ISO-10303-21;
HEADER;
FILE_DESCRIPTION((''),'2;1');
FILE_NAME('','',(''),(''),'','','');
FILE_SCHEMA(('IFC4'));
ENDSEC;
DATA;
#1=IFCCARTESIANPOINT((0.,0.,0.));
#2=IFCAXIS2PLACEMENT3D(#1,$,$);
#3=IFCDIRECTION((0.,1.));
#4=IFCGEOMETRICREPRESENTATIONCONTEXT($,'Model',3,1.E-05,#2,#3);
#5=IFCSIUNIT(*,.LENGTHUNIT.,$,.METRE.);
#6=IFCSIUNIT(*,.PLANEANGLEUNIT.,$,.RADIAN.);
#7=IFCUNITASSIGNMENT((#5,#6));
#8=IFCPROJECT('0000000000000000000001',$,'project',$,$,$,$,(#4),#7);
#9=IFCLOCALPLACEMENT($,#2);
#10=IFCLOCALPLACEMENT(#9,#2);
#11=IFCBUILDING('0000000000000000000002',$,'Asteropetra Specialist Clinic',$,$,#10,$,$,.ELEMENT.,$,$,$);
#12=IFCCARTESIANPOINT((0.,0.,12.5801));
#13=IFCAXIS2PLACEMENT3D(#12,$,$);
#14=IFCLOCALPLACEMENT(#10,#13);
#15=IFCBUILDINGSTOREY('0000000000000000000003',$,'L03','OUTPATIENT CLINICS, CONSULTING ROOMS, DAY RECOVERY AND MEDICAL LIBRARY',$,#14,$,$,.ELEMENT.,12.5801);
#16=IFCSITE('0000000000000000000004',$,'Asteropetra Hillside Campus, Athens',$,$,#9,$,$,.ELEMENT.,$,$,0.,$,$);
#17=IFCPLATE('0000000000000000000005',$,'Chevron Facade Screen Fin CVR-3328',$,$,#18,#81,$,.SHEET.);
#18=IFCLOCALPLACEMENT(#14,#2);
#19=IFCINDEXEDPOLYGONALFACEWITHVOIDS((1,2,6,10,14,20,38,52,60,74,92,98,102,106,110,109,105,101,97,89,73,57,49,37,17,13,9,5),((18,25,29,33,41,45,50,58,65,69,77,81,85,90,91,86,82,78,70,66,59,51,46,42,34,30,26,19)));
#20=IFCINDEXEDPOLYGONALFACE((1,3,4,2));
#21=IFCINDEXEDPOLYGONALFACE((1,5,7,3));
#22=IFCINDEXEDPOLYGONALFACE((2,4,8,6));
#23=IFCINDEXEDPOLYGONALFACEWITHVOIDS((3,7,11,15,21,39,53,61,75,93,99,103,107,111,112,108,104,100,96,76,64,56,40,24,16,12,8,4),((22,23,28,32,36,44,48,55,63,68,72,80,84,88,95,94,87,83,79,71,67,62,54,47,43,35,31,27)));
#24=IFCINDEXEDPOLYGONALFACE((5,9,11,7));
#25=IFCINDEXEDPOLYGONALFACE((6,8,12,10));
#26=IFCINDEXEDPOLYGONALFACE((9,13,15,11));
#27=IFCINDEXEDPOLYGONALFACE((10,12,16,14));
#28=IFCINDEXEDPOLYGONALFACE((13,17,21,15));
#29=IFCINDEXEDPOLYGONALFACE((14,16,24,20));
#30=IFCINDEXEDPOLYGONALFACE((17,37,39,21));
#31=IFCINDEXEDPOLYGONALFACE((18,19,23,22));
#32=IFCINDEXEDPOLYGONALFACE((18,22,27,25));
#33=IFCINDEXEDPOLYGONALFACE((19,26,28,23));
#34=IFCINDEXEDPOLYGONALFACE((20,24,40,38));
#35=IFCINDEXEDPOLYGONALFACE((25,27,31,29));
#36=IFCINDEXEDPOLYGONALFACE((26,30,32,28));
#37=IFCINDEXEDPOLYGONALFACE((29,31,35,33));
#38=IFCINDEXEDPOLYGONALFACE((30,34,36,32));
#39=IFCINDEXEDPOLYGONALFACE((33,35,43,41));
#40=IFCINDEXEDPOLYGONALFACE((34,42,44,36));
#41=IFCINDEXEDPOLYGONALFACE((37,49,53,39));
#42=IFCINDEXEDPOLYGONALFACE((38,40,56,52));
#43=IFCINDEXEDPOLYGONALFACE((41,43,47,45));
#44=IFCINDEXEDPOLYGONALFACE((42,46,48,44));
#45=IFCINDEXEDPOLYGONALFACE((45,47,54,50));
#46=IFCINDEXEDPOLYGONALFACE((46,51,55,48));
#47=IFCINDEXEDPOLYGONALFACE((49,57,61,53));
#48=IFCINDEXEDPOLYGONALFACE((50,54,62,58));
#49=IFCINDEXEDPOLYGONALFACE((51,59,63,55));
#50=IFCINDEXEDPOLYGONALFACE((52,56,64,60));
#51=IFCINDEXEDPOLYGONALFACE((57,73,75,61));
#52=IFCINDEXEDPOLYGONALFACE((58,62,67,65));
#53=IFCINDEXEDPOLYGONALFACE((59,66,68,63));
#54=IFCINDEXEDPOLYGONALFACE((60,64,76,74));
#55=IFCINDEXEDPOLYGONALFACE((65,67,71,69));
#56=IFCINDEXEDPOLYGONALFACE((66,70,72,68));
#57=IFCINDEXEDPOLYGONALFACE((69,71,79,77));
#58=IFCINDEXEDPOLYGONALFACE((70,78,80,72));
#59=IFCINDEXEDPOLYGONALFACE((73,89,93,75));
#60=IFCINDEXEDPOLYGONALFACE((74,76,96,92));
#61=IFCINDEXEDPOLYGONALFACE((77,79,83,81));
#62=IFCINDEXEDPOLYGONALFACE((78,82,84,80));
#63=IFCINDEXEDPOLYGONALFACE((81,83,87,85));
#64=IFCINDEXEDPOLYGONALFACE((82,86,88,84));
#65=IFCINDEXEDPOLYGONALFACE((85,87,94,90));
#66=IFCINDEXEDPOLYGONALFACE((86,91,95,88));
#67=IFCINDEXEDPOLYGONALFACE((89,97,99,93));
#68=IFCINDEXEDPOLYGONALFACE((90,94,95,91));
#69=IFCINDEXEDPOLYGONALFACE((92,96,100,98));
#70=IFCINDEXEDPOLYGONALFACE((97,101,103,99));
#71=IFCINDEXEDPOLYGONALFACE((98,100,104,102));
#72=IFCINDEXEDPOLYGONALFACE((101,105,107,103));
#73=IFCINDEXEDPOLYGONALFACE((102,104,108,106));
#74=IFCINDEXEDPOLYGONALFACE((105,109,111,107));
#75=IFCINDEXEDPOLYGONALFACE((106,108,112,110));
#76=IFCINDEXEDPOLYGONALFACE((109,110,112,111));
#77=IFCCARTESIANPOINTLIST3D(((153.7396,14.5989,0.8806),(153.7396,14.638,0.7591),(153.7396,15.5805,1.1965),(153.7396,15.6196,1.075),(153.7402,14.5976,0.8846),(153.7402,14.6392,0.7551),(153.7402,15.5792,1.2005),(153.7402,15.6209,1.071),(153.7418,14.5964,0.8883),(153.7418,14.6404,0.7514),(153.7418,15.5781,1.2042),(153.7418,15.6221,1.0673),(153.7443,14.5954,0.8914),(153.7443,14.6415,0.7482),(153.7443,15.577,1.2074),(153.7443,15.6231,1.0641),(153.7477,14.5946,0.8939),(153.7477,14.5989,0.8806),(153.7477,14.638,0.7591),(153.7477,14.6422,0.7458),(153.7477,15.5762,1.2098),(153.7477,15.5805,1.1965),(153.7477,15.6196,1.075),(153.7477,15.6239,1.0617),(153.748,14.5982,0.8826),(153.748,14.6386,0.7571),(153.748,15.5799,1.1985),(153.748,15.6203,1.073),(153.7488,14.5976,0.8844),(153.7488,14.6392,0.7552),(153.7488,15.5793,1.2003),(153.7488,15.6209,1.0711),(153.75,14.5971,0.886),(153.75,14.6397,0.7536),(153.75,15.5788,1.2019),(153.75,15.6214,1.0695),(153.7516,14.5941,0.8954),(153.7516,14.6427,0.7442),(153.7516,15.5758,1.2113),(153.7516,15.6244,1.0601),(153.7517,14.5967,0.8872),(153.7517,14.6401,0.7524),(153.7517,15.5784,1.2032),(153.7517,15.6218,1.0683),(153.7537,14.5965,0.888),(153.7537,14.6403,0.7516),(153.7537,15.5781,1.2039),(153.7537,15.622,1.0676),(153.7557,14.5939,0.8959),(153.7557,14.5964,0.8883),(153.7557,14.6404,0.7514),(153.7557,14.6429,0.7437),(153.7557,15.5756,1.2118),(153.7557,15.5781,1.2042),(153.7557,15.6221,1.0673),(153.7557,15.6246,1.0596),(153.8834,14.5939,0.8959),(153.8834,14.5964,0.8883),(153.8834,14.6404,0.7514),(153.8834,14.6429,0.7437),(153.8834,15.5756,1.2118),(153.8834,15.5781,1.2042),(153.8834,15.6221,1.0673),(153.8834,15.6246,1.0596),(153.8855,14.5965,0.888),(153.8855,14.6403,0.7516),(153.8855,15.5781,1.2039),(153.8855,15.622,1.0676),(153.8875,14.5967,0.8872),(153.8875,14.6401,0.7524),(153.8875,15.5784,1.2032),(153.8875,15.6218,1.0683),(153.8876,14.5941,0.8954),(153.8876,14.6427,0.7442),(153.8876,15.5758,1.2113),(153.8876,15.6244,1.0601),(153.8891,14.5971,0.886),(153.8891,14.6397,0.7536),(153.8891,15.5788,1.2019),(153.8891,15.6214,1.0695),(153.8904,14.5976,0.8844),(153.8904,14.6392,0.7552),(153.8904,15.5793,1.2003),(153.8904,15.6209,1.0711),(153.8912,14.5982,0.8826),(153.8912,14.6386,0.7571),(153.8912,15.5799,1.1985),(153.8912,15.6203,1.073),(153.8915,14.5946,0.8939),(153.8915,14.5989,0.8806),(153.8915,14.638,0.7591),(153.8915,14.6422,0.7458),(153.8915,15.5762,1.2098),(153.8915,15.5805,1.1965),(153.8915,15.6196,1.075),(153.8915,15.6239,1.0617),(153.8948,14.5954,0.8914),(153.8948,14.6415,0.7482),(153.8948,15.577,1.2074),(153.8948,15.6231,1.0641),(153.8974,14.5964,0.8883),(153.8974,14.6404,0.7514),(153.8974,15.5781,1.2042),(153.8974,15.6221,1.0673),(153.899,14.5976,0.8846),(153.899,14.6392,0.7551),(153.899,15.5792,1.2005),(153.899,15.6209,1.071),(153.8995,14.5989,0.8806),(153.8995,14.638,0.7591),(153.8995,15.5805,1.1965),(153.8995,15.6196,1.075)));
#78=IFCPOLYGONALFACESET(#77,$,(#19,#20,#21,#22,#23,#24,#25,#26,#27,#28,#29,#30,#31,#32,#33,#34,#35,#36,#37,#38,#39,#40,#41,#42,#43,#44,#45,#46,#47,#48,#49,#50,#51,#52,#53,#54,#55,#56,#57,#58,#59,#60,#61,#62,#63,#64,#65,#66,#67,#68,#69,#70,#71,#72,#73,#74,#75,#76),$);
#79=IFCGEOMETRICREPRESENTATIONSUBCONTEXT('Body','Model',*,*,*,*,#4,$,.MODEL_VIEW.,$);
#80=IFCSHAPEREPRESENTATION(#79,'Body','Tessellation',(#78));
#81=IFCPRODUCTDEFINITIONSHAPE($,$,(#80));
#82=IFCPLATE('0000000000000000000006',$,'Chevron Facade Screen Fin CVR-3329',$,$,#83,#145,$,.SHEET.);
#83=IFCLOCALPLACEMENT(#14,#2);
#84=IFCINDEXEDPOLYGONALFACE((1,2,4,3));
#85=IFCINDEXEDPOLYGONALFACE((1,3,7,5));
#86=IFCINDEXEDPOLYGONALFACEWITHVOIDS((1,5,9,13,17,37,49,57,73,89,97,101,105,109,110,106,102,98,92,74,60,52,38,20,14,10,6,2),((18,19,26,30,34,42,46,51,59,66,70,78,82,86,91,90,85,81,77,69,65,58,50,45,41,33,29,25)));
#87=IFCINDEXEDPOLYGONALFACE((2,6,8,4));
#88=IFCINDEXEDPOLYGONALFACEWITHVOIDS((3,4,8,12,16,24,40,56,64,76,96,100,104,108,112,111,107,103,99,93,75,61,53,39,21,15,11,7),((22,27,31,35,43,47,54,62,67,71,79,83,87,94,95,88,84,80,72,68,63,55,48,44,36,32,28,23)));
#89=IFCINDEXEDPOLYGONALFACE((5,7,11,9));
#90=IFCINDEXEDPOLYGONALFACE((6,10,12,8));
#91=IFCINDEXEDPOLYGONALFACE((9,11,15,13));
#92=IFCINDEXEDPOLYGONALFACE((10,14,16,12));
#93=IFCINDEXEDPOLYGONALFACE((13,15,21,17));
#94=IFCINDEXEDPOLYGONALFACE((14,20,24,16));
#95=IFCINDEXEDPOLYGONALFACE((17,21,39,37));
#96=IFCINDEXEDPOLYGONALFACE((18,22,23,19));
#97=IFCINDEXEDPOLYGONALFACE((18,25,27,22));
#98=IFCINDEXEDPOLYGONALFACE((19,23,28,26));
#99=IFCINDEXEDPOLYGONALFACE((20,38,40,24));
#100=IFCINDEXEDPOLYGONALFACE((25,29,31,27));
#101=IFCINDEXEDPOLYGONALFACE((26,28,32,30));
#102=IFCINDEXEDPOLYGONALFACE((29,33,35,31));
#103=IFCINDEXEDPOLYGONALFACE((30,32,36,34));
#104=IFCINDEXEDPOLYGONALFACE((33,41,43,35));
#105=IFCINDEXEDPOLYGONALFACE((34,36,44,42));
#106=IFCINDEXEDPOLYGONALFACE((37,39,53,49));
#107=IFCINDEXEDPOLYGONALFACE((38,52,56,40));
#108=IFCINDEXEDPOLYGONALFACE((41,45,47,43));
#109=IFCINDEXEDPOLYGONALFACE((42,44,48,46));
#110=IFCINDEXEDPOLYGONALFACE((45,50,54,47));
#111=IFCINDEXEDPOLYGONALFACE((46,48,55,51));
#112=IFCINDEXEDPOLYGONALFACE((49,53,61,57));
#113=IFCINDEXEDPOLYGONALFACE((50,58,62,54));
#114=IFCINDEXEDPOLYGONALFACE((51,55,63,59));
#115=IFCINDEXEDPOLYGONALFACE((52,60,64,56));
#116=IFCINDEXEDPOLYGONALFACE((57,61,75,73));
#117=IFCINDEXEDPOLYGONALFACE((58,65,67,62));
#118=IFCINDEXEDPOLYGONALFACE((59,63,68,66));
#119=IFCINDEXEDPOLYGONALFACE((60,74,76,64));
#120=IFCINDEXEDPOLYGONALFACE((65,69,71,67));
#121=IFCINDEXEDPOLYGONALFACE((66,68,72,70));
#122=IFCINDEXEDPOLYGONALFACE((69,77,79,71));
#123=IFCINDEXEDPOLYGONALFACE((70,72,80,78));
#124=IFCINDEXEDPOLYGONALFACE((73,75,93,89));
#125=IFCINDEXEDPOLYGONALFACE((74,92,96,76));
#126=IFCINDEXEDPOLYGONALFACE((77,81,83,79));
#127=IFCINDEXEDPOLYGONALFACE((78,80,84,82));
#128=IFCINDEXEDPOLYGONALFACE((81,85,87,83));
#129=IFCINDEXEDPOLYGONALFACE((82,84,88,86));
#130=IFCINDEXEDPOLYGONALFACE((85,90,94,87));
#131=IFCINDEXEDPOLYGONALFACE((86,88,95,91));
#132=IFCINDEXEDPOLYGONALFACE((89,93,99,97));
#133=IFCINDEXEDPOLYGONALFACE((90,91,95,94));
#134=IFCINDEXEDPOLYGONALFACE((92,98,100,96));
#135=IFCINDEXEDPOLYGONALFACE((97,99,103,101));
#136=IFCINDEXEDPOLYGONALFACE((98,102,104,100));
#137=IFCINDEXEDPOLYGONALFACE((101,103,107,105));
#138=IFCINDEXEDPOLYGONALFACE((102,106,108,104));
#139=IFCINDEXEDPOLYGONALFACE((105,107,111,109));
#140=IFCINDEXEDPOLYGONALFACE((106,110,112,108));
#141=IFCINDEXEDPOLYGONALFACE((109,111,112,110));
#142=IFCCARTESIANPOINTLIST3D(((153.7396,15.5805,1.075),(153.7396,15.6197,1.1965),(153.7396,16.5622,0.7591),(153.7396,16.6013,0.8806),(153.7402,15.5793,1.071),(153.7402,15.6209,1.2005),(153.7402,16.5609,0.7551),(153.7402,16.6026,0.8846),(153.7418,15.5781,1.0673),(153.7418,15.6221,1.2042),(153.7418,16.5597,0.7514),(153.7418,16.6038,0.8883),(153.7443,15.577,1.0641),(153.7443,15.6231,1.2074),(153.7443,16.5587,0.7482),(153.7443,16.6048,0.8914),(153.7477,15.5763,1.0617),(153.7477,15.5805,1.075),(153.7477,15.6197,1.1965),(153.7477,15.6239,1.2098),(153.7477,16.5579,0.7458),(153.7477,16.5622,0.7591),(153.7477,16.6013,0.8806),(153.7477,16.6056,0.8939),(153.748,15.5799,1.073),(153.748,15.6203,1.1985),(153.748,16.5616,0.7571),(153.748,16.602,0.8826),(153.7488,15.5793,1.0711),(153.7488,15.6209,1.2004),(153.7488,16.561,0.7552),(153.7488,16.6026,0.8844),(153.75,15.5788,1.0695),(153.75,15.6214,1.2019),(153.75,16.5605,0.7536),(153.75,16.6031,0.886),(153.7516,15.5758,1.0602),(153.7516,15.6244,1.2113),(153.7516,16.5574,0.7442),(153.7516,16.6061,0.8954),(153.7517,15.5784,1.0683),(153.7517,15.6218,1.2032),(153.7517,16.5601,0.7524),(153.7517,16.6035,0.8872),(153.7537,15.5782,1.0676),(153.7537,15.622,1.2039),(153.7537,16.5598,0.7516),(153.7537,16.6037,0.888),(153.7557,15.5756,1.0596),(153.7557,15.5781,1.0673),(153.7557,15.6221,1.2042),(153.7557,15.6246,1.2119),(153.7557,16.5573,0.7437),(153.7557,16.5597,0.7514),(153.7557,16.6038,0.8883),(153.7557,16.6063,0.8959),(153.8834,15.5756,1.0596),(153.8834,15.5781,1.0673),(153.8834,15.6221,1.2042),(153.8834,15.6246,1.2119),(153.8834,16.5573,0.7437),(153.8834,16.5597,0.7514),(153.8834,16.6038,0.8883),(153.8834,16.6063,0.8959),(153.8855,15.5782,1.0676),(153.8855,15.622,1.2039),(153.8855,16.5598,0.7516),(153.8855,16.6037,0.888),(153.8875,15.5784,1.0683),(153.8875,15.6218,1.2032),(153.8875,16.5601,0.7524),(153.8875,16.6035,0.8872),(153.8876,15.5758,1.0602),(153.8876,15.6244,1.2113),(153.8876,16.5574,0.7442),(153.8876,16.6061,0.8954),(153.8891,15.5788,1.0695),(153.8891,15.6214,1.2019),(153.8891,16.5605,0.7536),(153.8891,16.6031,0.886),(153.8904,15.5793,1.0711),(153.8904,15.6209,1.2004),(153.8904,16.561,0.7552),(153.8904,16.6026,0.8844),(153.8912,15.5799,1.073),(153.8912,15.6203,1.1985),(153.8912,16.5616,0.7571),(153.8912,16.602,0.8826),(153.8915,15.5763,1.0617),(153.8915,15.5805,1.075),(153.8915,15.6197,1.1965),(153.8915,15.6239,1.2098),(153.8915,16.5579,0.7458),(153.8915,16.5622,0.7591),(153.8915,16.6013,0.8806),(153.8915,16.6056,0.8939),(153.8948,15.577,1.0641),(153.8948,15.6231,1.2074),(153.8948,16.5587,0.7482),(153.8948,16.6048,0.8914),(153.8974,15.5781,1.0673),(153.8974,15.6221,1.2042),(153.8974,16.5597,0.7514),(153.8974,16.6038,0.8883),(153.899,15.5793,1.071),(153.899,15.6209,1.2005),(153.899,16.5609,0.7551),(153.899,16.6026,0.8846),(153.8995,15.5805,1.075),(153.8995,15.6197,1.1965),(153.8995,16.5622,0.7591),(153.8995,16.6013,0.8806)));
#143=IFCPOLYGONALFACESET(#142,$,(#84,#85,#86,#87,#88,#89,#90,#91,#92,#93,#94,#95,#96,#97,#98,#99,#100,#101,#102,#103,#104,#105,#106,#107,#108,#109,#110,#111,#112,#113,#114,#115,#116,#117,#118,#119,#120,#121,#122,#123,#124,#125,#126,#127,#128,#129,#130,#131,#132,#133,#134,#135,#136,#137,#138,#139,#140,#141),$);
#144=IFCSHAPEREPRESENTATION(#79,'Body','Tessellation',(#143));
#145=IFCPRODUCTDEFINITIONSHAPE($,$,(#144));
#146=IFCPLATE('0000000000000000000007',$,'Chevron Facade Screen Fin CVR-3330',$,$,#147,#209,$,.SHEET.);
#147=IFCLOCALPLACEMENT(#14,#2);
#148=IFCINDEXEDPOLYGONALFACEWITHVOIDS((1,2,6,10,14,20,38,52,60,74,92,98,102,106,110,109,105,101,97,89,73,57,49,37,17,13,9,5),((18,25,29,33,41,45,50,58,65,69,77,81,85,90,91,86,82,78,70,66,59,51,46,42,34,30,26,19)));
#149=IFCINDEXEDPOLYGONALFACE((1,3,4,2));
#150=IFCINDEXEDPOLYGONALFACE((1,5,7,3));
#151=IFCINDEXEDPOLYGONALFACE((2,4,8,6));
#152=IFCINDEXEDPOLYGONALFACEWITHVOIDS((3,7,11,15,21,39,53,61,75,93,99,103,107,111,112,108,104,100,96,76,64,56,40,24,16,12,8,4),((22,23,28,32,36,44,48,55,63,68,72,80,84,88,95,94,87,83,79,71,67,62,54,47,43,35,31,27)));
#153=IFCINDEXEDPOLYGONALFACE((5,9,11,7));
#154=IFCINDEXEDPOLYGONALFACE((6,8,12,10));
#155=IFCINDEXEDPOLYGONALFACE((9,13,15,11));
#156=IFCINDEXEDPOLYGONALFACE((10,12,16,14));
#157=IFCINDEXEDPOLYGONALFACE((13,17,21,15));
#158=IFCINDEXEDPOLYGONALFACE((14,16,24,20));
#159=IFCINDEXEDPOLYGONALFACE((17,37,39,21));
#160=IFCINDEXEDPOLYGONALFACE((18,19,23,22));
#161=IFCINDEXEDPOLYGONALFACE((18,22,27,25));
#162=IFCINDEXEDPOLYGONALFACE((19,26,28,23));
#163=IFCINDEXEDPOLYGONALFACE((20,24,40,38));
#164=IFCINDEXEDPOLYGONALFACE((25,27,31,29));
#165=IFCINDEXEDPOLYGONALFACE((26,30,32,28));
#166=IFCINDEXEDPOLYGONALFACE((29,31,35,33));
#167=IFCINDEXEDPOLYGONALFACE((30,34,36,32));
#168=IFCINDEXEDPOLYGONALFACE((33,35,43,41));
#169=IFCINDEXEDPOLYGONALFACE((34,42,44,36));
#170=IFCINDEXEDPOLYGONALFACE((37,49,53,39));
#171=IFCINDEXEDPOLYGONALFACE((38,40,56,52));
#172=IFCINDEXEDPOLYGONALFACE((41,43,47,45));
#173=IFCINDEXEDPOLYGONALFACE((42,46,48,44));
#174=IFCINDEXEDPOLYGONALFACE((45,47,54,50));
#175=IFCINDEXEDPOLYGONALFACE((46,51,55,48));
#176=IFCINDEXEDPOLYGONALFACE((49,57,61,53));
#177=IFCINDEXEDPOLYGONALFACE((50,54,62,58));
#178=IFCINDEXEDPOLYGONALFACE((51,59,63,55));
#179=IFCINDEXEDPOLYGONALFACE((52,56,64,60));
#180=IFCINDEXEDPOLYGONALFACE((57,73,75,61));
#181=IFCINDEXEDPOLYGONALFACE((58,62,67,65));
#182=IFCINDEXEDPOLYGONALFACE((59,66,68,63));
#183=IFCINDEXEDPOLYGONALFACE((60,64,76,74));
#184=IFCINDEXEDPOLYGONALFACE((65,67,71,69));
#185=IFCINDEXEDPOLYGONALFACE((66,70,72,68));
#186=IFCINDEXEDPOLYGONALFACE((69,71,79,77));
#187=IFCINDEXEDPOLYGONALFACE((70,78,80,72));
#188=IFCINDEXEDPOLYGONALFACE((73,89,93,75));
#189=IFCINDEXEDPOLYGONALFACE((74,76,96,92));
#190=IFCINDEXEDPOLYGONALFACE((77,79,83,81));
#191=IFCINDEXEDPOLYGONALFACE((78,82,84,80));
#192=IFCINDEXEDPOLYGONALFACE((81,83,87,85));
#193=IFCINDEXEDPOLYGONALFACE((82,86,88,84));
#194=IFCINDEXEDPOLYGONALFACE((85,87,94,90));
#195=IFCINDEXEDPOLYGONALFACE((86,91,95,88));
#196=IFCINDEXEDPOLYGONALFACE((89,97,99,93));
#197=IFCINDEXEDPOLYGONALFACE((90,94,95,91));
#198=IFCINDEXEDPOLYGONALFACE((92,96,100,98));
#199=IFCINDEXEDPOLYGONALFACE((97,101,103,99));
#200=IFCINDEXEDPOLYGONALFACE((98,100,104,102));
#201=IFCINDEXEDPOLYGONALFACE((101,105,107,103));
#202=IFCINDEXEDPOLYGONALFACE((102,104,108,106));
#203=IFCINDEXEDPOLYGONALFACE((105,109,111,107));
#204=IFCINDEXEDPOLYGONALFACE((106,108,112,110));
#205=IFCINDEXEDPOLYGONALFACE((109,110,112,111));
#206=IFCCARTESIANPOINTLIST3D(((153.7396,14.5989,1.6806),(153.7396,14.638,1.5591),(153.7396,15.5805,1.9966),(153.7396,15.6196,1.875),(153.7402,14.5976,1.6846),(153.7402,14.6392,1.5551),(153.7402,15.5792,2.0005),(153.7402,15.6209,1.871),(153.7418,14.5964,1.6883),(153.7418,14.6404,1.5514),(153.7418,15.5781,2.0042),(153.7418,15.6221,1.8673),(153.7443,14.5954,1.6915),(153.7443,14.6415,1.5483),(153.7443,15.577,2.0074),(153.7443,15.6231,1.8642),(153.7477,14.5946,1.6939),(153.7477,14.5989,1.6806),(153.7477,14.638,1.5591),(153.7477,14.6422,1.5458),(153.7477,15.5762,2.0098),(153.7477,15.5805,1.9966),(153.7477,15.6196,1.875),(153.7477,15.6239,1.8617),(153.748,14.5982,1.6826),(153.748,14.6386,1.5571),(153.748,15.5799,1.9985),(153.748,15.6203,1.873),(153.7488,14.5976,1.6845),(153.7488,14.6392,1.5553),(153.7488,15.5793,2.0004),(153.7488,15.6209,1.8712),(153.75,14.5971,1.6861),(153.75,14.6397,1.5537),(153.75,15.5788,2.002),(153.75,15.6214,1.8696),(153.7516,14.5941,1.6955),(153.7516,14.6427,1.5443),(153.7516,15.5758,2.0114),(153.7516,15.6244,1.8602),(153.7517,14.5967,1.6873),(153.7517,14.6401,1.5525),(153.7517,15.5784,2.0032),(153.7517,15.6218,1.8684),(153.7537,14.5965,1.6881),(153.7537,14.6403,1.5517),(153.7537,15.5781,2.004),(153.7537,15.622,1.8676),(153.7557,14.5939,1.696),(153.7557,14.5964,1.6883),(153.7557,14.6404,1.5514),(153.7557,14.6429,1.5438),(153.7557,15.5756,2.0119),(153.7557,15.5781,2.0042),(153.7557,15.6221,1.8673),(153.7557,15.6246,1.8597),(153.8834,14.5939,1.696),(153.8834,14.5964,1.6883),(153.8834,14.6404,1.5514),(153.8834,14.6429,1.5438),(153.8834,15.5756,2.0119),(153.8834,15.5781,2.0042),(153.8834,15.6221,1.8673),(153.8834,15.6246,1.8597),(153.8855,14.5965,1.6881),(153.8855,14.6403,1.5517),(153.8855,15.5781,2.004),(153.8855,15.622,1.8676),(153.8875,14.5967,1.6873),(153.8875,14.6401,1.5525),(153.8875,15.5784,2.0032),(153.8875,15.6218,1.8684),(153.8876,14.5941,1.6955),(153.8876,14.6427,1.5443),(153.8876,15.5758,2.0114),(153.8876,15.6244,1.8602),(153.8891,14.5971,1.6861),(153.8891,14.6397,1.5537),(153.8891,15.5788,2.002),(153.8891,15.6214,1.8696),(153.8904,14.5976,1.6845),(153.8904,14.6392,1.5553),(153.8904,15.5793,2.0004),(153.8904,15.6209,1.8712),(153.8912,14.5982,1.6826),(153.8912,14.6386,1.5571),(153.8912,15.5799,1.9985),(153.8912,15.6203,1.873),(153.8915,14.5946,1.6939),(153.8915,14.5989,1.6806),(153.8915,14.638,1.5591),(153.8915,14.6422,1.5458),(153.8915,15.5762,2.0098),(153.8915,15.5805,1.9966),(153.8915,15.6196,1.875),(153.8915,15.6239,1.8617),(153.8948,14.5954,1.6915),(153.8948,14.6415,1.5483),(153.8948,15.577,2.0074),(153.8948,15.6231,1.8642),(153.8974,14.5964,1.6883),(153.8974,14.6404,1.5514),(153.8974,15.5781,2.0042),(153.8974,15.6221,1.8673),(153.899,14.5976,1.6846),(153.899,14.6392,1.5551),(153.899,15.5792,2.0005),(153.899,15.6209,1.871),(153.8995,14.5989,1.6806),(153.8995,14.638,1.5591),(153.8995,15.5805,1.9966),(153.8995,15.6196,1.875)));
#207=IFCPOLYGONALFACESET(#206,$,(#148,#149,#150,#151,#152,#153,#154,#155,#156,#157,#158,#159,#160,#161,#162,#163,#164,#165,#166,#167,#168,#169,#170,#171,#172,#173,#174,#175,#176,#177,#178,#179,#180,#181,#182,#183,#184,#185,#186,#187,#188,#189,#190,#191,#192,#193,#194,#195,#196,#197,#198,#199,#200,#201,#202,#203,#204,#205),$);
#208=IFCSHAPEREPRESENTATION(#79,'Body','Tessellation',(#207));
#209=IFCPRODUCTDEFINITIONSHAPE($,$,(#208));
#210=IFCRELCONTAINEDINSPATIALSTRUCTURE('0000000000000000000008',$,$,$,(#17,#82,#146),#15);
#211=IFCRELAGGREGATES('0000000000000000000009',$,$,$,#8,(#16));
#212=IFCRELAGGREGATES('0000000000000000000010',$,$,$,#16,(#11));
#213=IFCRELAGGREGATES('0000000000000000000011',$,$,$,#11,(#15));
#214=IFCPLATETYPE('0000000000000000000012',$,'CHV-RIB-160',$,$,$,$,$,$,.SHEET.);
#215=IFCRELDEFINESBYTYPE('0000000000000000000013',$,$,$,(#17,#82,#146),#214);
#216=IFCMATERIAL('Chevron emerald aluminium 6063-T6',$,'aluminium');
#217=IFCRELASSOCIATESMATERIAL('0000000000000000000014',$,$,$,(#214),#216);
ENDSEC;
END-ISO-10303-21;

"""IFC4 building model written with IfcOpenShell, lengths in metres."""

from ifc_helpers import new_model, si_unit, direction, frame, origin, origin_2d, place, context, subcontext, project, spatial, hollow_rectangle, extrude, material, material_profile, profile_set, type_object, element, save


model = new_model("IFC4")

# Units and contexts
model_context = context("Model", 3, precision=1e-05, world=origin(), true_north=direction((0.0, 1.0)))
body_context = subcontext(model_context, "Body", "Model", "MODEL_VIEW")
ifc_project = project(units=[si_unit("LENGTHUNIT", "METRE"), si_unit("PLANEANGLEUNIT", "RADIAN")], contexts=[model_context])

# Site, building, storey
site_placement = place(None, origin())
site = spatial("IfcSite", under=ifc_project, at=site_placement, Name="Asteropetra Hillside Campus, Athens", CompositionType="ELEMENT", RefElevation=0.0)
building_placement = place(site_placement, origin())
building = spatial("IfcBuilding", under=site, at=building_placement, Name="Asteropetra Specialist Clinic", CompositionType="ELEMENT")
storey_placement = place(building_placement, frame((0.0, 0.0, 12.5801)))
storey = spatial("IfcBuildingStorey", under=building, at=storey_placement, Name="L03", Description="OUTPATIENT CLINICS, CONSULTING ROOMS, DAY RECOVERY AND MEDICAL LIBRARY", CompositionType="ELEMENT", Elevation=12.5801)

# Plates
ifc_material_1 = material(Name="Chevron emerald aluminium 6063-T6", Category="aluminium")
ifc_material_profile = material_profile(ifc_material_1, hollow_rectangle(XDim=0.1599, YDim=0.1599, WallThickness=0.0081, InnerFilletRadius=0.0081, OuterFilletRadius=0.0161, at=origin_2d()), Name="SHS 160x160x8.0")
ifc_profile_set = profile_set([ifc_material_profile], Name="Chevron emerald aluminium 6063-T6")
plate_type_1 = type_object("IfcPlateType", Name="CHV-RIB-160", PredefinedType="SHEET", material=ifc_profile_set)
for number, where, z_axis, x_axis, name in (
    (1, (153.8196, 14.6184, 0.8198), (0.0, 0.951923, 0.306339), (-1.0, 0.0, 0.0), "Chevron Facade Screen Fin CVR-3328"),
    (2, (153.8196, 15.6001, 1.1357), (0.0, 0.951923, -0.306339), (-1.0, 0.0, 0.0), "Chevron Facade Screen Fin CVR-3329"),
    (3, (153.8196, 14.6184, 1.6199), (0.0, 0.951923, 0.306339), (-1.0, 0.0, 0.0), "Chevron Facade Screen Fin CVR-3330"),
):
    element("IfcPlate", number, at=place(storey_placement, frame(where, z_axis=z_axis, x_axis=x_axis)), inside=storey, type_object=plate_type_1, Name=name, PredefinedType="SHEET", context=body_context, shape_type="SweptSolid", body=[
        extrude(hollow_rectangle(XDim=0.1599, YDim=0.1599, WallThickness=0.0081, InnerFilletRadius=0.0081, OuterFilletRadius=0.0161, at=origin_2d()), origin(), (0.0, 0.0, 1.0), 1.0312),
    ])

save(model, "model.ifc")
